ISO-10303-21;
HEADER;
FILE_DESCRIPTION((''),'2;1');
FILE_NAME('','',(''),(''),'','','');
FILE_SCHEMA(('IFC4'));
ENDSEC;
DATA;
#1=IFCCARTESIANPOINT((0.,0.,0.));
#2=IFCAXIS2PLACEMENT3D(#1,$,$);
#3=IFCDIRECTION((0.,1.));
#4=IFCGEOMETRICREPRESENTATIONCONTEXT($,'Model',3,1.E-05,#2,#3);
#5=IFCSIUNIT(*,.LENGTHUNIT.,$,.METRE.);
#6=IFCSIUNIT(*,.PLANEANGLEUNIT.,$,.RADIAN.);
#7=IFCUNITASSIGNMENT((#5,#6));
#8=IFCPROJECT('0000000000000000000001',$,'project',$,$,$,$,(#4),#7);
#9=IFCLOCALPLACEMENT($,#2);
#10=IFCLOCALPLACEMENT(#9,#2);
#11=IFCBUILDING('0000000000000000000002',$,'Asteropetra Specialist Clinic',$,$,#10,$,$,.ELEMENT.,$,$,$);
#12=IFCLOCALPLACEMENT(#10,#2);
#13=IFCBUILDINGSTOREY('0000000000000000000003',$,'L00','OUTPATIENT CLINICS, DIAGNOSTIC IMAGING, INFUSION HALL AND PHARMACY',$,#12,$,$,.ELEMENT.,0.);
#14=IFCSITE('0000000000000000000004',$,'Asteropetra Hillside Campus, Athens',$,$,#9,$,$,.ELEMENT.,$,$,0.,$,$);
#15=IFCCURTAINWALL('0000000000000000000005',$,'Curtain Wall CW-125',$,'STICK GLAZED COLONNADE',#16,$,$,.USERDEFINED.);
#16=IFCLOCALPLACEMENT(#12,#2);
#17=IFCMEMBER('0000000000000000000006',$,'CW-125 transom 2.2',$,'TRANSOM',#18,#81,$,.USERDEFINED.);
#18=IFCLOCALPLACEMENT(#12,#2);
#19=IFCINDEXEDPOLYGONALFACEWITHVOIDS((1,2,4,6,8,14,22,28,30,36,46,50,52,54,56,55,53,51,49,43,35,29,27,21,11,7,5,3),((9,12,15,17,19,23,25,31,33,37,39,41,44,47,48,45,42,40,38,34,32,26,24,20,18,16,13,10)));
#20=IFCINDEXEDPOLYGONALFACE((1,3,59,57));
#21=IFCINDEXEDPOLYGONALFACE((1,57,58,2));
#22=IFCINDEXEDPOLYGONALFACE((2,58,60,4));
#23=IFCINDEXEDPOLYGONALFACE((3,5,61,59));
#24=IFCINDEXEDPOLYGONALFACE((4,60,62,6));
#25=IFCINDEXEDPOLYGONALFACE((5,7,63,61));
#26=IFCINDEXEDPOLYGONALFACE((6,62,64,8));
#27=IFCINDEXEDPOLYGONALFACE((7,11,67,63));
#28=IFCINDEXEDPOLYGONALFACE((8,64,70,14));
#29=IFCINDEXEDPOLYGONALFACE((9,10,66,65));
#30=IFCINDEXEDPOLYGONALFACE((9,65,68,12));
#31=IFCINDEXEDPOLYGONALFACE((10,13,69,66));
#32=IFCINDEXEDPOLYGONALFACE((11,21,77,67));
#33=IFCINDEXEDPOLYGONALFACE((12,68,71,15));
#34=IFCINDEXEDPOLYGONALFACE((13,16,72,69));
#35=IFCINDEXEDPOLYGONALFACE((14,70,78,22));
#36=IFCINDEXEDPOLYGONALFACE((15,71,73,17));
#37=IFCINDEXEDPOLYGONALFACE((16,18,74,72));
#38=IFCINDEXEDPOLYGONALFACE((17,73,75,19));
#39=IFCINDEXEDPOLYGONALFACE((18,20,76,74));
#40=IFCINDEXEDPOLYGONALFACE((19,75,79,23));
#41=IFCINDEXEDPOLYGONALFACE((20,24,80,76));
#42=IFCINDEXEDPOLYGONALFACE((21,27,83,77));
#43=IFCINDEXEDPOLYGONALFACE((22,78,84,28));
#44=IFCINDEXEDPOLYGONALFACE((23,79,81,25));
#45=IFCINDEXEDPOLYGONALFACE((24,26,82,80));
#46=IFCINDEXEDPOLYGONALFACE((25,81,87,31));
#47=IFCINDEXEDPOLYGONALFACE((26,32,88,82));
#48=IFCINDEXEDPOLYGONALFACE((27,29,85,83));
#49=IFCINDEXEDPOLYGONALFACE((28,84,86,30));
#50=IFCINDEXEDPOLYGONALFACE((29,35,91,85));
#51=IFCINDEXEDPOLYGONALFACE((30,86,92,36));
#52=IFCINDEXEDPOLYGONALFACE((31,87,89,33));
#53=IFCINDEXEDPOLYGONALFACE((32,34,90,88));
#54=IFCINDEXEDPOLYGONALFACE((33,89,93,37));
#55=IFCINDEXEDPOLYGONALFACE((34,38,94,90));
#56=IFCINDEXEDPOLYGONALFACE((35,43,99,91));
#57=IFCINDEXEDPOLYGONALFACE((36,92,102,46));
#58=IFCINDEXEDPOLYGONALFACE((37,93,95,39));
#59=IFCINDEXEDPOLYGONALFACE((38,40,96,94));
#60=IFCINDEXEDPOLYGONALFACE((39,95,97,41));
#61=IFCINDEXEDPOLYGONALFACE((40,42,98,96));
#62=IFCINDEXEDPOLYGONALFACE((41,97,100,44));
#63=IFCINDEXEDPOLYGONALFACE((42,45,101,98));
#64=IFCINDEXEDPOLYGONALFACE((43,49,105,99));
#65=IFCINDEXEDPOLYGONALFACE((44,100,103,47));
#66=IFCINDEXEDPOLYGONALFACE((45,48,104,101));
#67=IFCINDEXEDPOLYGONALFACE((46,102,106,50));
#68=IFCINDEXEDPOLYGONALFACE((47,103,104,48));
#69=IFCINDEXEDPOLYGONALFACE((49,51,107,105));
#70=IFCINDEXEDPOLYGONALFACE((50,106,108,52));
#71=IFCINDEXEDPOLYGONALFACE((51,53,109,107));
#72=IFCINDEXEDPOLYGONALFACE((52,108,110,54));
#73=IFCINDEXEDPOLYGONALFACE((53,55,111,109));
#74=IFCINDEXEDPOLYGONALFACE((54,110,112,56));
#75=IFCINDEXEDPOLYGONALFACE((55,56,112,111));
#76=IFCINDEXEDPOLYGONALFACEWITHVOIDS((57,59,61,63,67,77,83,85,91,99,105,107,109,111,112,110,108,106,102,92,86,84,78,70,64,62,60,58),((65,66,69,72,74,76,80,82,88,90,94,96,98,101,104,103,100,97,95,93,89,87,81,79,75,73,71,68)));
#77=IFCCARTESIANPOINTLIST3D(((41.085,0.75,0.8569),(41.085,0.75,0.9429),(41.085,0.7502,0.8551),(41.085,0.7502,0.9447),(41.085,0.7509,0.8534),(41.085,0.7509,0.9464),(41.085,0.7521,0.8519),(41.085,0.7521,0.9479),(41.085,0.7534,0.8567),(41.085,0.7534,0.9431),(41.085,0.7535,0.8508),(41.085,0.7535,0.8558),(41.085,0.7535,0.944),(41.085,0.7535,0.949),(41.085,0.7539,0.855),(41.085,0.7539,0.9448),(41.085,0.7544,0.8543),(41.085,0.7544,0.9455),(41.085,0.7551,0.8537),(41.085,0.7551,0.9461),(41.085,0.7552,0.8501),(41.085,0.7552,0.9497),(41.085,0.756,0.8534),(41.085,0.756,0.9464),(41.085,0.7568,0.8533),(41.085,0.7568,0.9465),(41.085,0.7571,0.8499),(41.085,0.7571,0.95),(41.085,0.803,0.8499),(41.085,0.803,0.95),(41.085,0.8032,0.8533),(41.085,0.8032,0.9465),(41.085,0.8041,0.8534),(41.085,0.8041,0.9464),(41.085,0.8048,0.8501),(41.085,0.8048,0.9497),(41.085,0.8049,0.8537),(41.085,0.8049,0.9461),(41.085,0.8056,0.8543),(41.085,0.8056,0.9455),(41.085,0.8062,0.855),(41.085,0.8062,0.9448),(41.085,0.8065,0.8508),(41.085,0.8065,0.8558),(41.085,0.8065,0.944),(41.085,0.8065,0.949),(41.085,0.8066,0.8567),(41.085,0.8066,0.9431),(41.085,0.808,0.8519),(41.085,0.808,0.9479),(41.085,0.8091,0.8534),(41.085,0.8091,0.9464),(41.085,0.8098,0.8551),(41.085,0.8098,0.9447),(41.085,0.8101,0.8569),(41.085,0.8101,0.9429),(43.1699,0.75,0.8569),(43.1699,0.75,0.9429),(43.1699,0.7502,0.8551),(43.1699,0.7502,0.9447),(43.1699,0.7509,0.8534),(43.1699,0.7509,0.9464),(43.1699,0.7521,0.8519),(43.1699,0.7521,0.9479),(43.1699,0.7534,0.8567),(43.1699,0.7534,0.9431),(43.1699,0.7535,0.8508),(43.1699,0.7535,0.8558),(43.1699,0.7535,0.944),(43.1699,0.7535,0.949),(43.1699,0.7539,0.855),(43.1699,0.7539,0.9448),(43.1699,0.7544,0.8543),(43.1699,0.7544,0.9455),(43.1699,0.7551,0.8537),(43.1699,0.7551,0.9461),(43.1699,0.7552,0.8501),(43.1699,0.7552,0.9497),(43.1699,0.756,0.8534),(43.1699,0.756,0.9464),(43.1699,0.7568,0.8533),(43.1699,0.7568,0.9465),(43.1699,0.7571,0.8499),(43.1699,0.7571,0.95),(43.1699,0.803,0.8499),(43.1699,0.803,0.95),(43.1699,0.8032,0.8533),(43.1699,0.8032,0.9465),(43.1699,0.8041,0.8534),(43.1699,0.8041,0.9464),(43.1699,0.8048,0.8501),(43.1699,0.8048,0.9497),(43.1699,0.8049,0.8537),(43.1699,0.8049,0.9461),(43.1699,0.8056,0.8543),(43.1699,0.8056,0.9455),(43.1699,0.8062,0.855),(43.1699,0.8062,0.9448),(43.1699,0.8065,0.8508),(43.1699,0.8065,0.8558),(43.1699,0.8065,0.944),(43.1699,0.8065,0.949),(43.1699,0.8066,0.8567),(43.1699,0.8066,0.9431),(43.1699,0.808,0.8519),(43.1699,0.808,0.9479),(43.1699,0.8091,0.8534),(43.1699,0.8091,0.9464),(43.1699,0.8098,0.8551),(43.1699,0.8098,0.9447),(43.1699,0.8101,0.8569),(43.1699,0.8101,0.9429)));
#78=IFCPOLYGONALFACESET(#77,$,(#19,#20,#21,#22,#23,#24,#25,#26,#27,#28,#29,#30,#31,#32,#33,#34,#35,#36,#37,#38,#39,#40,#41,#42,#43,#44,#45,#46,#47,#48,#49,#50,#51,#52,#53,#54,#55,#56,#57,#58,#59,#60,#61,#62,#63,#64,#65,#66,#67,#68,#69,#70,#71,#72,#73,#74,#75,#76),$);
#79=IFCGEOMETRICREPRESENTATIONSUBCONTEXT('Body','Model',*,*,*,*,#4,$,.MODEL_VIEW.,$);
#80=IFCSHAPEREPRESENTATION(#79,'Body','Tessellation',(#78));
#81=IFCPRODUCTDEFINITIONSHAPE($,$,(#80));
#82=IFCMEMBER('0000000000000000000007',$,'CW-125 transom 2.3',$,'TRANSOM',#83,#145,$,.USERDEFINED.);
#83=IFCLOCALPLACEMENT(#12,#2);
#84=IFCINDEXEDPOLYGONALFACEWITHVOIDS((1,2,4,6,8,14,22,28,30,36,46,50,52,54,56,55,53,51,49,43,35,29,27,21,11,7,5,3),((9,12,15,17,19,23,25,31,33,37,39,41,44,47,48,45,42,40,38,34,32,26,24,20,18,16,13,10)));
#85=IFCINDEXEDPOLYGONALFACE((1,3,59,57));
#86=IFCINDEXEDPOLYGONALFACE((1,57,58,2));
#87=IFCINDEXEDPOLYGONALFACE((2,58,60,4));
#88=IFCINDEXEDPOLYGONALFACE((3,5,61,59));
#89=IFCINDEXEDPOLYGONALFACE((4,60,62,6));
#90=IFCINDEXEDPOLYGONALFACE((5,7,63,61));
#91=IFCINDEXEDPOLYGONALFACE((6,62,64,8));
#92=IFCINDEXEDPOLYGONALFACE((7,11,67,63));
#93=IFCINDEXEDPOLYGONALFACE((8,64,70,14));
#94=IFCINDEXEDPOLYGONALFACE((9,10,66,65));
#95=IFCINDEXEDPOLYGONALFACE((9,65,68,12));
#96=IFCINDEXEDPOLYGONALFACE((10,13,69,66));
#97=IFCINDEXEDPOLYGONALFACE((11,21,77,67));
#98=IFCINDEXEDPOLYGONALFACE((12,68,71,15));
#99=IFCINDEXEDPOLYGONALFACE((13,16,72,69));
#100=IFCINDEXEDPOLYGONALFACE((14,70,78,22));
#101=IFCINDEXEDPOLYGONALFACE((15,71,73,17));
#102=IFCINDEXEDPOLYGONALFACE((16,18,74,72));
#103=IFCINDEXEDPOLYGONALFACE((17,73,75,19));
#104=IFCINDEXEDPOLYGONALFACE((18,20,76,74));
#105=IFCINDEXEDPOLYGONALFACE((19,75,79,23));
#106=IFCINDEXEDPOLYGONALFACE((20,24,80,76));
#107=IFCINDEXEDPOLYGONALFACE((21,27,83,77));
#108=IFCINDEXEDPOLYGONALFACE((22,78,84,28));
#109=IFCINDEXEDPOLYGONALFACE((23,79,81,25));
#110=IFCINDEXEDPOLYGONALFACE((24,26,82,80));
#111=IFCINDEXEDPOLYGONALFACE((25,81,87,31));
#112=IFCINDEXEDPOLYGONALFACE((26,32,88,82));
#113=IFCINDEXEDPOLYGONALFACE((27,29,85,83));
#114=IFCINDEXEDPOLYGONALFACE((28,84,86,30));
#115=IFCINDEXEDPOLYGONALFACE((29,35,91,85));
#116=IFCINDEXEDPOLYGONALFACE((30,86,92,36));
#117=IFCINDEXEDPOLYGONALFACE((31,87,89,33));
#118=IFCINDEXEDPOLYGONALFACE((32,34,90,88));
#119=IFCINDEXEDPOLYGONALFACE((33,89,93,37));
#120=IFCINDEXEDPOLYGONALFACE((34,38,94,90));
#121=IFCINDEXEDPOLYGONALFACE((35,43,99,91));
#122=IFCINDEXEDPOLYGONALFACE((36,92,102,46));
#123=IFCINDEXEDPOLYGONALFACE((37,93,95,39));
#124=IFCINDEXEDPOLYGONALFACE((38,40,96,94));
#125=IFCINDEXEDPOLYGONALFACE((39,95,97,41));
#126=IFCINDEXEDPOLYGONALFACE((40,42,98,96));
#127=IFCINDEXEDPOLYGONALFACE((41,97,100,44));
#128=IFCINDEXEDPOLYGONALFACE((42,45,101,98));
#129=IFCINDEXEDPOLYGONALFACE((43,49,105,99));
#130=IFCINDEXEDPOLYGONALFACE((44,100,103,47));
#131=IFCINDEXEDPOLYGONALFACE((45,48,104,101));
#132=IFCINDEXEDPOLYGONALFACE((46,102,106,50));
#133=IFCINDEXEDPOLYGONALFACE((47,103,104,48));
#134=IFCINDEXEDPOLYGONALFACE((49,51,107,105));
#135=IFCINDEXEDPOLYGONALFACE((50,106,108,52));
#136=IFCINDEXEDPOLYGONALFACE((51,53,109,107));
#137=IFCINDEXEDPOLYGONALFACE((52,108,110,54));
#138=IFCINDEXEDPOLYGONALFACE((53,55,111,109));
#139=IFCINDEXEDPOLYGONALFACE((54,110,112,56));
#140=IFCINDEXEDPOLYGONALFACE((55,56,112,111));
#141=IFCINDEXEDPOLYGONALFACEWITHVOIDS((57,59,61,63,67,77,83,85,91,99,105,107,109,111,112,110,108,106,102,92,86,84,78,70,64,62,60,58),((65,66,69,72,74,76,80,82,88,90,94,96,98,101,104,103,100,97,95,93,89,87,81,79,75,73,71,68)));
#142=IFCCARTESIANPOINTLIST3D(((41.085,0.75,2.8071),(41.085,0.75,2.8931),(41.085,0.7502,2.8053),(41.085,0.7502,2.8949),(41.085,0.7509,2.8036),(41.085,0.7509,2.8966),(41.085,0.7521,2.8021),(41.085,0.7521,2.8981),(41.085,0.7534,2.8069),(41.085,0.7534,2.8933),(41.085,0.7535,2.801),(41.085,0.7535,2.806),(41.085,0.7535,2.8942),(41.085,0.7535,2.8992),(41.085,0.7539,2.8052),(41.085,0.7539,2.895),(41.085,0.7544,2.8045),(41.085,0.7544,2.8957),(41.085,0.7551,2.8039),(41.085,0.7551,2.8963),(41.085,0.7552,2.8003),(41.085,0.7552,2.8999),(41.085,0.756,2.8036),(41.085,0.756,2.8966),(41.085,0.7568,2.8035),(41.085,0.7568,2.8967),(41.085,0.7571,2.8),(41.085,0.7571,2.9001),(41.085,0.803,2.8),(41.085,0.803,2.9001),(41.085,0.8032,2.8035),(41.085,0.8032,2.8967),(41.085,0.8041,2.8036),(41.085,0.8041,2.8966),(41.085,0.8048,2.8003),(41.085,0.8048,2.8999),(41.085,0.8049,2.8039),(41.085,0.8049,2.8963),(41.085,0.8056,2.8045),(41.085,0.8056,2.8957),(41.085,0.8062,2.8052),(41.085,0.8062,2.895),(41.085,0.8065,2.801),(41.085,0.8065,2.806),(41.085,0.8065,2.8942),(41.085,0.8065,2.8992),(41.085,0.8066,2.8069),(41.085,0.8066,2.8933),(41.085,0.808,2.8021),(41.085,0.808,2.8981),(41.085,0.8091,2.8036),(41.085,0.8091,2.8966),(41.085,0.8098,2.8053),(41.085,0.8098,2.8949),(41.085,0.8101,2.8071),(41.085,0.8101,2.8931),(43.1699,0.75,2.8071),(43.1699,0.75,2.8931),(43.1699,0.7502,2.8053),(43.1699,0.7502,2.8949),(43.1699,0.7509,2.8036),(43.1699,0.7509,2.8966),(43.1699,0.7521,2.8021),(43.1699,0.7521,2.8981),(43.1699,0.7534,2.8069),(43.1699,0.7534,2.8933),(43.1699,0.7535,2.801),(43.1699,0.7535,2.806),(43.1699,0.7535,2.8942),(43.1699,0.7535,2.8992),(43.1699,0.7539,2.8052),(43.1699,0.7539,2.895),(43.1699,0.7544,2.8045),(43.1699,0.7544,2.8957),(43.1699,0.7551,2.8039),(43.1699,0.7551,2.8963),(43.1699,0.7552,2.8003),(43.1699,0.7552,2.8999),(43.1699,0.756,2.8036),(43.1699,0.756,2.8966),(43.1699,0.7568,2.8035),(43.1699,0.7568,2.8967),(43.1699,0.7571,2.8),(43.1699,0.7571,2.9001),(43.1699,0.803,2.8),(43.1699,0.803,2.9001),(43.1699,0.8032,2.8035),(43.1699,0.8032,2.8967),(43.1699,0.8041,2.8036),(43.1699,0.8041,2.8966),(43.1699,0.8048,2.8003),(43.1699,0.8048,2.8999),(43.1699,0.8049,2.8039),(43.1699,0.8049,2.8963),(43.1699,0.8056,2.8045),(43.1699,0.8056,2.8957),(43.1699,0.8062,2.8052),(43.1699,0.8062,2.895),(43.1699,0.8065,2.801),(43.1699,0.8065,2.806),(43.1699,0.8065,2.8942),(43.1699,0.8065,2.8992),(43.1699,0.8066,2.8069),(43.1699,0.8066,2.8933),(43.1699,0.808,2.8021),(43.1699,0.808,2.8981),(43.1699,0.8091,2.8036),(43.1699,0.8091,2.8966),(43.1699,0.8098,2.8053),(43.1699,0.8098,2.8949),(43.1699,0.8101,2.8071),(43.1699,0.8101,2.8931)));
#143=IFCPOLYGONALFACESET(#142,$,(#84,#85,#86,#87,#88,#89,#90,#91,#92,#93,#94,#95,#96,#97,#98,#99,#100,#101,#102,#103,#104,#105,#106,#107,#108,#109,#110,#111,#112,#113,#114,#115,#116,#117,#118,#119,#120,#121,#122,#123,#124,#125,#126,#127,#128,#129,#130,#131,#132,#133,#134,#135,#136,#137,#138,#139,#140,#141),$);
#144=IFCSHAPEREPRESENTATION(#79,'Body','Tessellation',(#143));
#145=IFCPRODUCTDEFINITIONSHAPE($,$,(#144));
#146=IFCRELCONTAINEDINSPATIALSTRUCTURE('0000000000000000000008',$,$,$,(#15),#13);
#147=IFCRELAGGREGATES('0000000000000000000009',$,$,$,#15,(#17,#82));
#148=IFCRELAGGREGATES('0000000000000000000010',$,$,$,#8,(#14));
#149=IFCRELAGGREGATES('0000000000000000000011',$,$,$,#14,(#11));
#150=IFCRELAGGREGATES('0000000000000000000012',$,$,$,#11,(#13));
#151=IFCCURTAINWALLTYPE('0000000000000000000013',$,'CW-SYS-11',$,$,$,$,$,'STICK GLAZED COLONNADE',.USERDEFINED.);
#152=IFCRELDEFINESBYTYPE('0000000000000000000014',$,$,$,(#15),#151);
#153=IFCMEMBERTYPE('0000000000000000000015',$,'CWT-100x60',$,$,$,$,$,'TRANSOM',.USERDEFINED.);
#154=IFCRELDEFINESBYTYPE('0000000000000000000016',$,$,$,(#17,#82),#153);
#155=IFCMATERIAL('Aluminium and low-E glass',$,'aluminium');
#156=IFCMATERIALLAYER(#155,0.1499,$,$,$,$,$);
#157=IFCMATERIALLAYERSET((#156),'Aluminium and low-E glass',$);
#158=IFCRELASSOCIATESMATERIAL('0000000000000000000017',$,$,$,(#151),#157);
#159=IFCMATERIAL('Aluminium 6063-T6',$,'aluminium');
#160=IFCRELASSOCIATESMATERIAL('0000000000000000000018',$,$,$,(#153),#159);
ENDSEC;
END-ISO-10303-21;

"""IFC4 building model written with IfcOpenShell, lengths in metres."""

from ifc_helpers import new_model, si_unit, direction, frame, origin, origin_2d, place, context, subcontext, project, spatial, hollow_rectangle, extrude, material, layer, layer_set, material_profile, profile_set, type_object, element, aggregate, save


model = new_model("IFC4")

# Units and contexts
model_context = context("Model", 3, precision=1e-05, world=origin(), true_north=direction((0.0, 1.0)))
body_context = subcontext(model_context, "Body", "Model", "MODEL_VIEW")
ifc_project = project(units=[si_unit("LENGTHUNIT", "METRE"), si_unit("PLANEANGLEUNIT", "RADIAN")], contexts=[model_context])

# Site, building, storey
site_placement = place(None, origin())
site = spatial("IfcSite", under=ifc_project, at=site_placement, Name="Asteropetra Hillside Campus, Athens", CompositionType="ELEMENT", RefElevation=0.0)
building_placement = place(site_placement, origin())
building = spatial("IfcBuilding", under=site, at=building_placement, Name="Asteropetra Specialist Clinic", CompositionType="ELEMENT")
storey_placement = place(building_placement, origin())
storey = spatial("IfcBuildingStorey", under=building, at=storey_placement, Name="L00", Description="OUTPATIENT CLINICS, DIAGNOSTIC IMAGING, INFUSION HALL AND PHARMACY", CompositionType="ELEMENT", Elevation=0.0)

# Curtain wall, members
ifc_material_1 = material(Name="Aluminium and low-E glass", Category="aluminium")
ifc_layer_1 = layer(ifc_material_1, 0.1499)
ifc_layer_set_1 = layer_set([ifc_layer_1], Name="Aluminium and low-E glass")
curtain_wall_type = type_object("IfcCurtainWallType", Name="CW-SYS-11", ElementType="STICK GLAZED COLONNADE", PredefinedType="USERDEFINED", material=ifc_layer_set_1)
curtain_wall_placement = place(storey_placement, origin())
curtain_wall = element("IfcCurtainWall", 1, at=curtain_wall_placement, inside=storey, type_object=curtain_wall_type, Name="Curtain Wall CW-125", ObjectType="STICK GLAZED COLONNADE", PredefinedType="USERDEFINED")
ifc_material_2 = material(Name="Aluminium 6063-T6", Category="aluminium")
ifc_material_profile_1 = material_profile(ifc_material_2, hollow_rectangle(XDim=0.0601, YDim=0.1001, WallThickness=0.0034, InnerFilletRadius=0.0034, OuterFilletRadius=0.0071, at=origin_2d()), Name="TRN 100x60x3.5")
ifc_profile_set_1 = profile_set([ifc_material_profile_1], Name="Aluminium 6063-T6")
member_type_1 = type_object("IfcMemberType", Name="CWT-100x60", ElementType="TRANSOM", PredefinedType="USERDEFINED", material=ifc_profile_set_1)
member_1_placement = place(storey_placement, frame((41.085, 0.78, 0.8999), z_axis=(1.0, 0.0, 0.0), x_axis=(0.0, 1.0, 0.0)))
member_1 = element("IfcMember", 2, at=member_1_placement, type_object=member_type_1, Name="CW-125 transom 2.2", ObjectType="TRANSOM", PredefinedType="USERDEFINED", context=body_context, shape_type="SweptSolid", body=[
    extrude(hollow_rectangle(XDim=0.0601, YDim=0.1001, WallThickness=0.0034, InnerFilletRadius=0.0034, OuterFilletRadius=0.0071, at=origin_2d()), origin(), (0.0, 0.0, 1.0), 2.085),
])
member_2_placement = place(storey_placement, frame((41.085, 0.78, 2.8501), z_axis=(1.0, 0.0, 0.0), x_axis=(0.0, 1.0, 0.0)))
member_2 = element("IfcMember", 3, at=member_2_placement, type_object=member_type_1, Name="CW-125 transom 2.3", ObjectType="TRANSOM", PredefinedType="USERDEFINED", context=body_context, shape_type="SweptSolid", body=[
    extrude(hollow_rectangle(XDim=0.0601, YDim=0.1001, WallThickness=0.0034, InnerFilletRadius=0.0034, OuterFilletRadius=0.0071, at=origin_2d()), origin(), (0.0, 0.0, 1.0), 2.085),
])

aggregate(curtain_wall, [member_1, member_2])

save(model, "model.ifc")
